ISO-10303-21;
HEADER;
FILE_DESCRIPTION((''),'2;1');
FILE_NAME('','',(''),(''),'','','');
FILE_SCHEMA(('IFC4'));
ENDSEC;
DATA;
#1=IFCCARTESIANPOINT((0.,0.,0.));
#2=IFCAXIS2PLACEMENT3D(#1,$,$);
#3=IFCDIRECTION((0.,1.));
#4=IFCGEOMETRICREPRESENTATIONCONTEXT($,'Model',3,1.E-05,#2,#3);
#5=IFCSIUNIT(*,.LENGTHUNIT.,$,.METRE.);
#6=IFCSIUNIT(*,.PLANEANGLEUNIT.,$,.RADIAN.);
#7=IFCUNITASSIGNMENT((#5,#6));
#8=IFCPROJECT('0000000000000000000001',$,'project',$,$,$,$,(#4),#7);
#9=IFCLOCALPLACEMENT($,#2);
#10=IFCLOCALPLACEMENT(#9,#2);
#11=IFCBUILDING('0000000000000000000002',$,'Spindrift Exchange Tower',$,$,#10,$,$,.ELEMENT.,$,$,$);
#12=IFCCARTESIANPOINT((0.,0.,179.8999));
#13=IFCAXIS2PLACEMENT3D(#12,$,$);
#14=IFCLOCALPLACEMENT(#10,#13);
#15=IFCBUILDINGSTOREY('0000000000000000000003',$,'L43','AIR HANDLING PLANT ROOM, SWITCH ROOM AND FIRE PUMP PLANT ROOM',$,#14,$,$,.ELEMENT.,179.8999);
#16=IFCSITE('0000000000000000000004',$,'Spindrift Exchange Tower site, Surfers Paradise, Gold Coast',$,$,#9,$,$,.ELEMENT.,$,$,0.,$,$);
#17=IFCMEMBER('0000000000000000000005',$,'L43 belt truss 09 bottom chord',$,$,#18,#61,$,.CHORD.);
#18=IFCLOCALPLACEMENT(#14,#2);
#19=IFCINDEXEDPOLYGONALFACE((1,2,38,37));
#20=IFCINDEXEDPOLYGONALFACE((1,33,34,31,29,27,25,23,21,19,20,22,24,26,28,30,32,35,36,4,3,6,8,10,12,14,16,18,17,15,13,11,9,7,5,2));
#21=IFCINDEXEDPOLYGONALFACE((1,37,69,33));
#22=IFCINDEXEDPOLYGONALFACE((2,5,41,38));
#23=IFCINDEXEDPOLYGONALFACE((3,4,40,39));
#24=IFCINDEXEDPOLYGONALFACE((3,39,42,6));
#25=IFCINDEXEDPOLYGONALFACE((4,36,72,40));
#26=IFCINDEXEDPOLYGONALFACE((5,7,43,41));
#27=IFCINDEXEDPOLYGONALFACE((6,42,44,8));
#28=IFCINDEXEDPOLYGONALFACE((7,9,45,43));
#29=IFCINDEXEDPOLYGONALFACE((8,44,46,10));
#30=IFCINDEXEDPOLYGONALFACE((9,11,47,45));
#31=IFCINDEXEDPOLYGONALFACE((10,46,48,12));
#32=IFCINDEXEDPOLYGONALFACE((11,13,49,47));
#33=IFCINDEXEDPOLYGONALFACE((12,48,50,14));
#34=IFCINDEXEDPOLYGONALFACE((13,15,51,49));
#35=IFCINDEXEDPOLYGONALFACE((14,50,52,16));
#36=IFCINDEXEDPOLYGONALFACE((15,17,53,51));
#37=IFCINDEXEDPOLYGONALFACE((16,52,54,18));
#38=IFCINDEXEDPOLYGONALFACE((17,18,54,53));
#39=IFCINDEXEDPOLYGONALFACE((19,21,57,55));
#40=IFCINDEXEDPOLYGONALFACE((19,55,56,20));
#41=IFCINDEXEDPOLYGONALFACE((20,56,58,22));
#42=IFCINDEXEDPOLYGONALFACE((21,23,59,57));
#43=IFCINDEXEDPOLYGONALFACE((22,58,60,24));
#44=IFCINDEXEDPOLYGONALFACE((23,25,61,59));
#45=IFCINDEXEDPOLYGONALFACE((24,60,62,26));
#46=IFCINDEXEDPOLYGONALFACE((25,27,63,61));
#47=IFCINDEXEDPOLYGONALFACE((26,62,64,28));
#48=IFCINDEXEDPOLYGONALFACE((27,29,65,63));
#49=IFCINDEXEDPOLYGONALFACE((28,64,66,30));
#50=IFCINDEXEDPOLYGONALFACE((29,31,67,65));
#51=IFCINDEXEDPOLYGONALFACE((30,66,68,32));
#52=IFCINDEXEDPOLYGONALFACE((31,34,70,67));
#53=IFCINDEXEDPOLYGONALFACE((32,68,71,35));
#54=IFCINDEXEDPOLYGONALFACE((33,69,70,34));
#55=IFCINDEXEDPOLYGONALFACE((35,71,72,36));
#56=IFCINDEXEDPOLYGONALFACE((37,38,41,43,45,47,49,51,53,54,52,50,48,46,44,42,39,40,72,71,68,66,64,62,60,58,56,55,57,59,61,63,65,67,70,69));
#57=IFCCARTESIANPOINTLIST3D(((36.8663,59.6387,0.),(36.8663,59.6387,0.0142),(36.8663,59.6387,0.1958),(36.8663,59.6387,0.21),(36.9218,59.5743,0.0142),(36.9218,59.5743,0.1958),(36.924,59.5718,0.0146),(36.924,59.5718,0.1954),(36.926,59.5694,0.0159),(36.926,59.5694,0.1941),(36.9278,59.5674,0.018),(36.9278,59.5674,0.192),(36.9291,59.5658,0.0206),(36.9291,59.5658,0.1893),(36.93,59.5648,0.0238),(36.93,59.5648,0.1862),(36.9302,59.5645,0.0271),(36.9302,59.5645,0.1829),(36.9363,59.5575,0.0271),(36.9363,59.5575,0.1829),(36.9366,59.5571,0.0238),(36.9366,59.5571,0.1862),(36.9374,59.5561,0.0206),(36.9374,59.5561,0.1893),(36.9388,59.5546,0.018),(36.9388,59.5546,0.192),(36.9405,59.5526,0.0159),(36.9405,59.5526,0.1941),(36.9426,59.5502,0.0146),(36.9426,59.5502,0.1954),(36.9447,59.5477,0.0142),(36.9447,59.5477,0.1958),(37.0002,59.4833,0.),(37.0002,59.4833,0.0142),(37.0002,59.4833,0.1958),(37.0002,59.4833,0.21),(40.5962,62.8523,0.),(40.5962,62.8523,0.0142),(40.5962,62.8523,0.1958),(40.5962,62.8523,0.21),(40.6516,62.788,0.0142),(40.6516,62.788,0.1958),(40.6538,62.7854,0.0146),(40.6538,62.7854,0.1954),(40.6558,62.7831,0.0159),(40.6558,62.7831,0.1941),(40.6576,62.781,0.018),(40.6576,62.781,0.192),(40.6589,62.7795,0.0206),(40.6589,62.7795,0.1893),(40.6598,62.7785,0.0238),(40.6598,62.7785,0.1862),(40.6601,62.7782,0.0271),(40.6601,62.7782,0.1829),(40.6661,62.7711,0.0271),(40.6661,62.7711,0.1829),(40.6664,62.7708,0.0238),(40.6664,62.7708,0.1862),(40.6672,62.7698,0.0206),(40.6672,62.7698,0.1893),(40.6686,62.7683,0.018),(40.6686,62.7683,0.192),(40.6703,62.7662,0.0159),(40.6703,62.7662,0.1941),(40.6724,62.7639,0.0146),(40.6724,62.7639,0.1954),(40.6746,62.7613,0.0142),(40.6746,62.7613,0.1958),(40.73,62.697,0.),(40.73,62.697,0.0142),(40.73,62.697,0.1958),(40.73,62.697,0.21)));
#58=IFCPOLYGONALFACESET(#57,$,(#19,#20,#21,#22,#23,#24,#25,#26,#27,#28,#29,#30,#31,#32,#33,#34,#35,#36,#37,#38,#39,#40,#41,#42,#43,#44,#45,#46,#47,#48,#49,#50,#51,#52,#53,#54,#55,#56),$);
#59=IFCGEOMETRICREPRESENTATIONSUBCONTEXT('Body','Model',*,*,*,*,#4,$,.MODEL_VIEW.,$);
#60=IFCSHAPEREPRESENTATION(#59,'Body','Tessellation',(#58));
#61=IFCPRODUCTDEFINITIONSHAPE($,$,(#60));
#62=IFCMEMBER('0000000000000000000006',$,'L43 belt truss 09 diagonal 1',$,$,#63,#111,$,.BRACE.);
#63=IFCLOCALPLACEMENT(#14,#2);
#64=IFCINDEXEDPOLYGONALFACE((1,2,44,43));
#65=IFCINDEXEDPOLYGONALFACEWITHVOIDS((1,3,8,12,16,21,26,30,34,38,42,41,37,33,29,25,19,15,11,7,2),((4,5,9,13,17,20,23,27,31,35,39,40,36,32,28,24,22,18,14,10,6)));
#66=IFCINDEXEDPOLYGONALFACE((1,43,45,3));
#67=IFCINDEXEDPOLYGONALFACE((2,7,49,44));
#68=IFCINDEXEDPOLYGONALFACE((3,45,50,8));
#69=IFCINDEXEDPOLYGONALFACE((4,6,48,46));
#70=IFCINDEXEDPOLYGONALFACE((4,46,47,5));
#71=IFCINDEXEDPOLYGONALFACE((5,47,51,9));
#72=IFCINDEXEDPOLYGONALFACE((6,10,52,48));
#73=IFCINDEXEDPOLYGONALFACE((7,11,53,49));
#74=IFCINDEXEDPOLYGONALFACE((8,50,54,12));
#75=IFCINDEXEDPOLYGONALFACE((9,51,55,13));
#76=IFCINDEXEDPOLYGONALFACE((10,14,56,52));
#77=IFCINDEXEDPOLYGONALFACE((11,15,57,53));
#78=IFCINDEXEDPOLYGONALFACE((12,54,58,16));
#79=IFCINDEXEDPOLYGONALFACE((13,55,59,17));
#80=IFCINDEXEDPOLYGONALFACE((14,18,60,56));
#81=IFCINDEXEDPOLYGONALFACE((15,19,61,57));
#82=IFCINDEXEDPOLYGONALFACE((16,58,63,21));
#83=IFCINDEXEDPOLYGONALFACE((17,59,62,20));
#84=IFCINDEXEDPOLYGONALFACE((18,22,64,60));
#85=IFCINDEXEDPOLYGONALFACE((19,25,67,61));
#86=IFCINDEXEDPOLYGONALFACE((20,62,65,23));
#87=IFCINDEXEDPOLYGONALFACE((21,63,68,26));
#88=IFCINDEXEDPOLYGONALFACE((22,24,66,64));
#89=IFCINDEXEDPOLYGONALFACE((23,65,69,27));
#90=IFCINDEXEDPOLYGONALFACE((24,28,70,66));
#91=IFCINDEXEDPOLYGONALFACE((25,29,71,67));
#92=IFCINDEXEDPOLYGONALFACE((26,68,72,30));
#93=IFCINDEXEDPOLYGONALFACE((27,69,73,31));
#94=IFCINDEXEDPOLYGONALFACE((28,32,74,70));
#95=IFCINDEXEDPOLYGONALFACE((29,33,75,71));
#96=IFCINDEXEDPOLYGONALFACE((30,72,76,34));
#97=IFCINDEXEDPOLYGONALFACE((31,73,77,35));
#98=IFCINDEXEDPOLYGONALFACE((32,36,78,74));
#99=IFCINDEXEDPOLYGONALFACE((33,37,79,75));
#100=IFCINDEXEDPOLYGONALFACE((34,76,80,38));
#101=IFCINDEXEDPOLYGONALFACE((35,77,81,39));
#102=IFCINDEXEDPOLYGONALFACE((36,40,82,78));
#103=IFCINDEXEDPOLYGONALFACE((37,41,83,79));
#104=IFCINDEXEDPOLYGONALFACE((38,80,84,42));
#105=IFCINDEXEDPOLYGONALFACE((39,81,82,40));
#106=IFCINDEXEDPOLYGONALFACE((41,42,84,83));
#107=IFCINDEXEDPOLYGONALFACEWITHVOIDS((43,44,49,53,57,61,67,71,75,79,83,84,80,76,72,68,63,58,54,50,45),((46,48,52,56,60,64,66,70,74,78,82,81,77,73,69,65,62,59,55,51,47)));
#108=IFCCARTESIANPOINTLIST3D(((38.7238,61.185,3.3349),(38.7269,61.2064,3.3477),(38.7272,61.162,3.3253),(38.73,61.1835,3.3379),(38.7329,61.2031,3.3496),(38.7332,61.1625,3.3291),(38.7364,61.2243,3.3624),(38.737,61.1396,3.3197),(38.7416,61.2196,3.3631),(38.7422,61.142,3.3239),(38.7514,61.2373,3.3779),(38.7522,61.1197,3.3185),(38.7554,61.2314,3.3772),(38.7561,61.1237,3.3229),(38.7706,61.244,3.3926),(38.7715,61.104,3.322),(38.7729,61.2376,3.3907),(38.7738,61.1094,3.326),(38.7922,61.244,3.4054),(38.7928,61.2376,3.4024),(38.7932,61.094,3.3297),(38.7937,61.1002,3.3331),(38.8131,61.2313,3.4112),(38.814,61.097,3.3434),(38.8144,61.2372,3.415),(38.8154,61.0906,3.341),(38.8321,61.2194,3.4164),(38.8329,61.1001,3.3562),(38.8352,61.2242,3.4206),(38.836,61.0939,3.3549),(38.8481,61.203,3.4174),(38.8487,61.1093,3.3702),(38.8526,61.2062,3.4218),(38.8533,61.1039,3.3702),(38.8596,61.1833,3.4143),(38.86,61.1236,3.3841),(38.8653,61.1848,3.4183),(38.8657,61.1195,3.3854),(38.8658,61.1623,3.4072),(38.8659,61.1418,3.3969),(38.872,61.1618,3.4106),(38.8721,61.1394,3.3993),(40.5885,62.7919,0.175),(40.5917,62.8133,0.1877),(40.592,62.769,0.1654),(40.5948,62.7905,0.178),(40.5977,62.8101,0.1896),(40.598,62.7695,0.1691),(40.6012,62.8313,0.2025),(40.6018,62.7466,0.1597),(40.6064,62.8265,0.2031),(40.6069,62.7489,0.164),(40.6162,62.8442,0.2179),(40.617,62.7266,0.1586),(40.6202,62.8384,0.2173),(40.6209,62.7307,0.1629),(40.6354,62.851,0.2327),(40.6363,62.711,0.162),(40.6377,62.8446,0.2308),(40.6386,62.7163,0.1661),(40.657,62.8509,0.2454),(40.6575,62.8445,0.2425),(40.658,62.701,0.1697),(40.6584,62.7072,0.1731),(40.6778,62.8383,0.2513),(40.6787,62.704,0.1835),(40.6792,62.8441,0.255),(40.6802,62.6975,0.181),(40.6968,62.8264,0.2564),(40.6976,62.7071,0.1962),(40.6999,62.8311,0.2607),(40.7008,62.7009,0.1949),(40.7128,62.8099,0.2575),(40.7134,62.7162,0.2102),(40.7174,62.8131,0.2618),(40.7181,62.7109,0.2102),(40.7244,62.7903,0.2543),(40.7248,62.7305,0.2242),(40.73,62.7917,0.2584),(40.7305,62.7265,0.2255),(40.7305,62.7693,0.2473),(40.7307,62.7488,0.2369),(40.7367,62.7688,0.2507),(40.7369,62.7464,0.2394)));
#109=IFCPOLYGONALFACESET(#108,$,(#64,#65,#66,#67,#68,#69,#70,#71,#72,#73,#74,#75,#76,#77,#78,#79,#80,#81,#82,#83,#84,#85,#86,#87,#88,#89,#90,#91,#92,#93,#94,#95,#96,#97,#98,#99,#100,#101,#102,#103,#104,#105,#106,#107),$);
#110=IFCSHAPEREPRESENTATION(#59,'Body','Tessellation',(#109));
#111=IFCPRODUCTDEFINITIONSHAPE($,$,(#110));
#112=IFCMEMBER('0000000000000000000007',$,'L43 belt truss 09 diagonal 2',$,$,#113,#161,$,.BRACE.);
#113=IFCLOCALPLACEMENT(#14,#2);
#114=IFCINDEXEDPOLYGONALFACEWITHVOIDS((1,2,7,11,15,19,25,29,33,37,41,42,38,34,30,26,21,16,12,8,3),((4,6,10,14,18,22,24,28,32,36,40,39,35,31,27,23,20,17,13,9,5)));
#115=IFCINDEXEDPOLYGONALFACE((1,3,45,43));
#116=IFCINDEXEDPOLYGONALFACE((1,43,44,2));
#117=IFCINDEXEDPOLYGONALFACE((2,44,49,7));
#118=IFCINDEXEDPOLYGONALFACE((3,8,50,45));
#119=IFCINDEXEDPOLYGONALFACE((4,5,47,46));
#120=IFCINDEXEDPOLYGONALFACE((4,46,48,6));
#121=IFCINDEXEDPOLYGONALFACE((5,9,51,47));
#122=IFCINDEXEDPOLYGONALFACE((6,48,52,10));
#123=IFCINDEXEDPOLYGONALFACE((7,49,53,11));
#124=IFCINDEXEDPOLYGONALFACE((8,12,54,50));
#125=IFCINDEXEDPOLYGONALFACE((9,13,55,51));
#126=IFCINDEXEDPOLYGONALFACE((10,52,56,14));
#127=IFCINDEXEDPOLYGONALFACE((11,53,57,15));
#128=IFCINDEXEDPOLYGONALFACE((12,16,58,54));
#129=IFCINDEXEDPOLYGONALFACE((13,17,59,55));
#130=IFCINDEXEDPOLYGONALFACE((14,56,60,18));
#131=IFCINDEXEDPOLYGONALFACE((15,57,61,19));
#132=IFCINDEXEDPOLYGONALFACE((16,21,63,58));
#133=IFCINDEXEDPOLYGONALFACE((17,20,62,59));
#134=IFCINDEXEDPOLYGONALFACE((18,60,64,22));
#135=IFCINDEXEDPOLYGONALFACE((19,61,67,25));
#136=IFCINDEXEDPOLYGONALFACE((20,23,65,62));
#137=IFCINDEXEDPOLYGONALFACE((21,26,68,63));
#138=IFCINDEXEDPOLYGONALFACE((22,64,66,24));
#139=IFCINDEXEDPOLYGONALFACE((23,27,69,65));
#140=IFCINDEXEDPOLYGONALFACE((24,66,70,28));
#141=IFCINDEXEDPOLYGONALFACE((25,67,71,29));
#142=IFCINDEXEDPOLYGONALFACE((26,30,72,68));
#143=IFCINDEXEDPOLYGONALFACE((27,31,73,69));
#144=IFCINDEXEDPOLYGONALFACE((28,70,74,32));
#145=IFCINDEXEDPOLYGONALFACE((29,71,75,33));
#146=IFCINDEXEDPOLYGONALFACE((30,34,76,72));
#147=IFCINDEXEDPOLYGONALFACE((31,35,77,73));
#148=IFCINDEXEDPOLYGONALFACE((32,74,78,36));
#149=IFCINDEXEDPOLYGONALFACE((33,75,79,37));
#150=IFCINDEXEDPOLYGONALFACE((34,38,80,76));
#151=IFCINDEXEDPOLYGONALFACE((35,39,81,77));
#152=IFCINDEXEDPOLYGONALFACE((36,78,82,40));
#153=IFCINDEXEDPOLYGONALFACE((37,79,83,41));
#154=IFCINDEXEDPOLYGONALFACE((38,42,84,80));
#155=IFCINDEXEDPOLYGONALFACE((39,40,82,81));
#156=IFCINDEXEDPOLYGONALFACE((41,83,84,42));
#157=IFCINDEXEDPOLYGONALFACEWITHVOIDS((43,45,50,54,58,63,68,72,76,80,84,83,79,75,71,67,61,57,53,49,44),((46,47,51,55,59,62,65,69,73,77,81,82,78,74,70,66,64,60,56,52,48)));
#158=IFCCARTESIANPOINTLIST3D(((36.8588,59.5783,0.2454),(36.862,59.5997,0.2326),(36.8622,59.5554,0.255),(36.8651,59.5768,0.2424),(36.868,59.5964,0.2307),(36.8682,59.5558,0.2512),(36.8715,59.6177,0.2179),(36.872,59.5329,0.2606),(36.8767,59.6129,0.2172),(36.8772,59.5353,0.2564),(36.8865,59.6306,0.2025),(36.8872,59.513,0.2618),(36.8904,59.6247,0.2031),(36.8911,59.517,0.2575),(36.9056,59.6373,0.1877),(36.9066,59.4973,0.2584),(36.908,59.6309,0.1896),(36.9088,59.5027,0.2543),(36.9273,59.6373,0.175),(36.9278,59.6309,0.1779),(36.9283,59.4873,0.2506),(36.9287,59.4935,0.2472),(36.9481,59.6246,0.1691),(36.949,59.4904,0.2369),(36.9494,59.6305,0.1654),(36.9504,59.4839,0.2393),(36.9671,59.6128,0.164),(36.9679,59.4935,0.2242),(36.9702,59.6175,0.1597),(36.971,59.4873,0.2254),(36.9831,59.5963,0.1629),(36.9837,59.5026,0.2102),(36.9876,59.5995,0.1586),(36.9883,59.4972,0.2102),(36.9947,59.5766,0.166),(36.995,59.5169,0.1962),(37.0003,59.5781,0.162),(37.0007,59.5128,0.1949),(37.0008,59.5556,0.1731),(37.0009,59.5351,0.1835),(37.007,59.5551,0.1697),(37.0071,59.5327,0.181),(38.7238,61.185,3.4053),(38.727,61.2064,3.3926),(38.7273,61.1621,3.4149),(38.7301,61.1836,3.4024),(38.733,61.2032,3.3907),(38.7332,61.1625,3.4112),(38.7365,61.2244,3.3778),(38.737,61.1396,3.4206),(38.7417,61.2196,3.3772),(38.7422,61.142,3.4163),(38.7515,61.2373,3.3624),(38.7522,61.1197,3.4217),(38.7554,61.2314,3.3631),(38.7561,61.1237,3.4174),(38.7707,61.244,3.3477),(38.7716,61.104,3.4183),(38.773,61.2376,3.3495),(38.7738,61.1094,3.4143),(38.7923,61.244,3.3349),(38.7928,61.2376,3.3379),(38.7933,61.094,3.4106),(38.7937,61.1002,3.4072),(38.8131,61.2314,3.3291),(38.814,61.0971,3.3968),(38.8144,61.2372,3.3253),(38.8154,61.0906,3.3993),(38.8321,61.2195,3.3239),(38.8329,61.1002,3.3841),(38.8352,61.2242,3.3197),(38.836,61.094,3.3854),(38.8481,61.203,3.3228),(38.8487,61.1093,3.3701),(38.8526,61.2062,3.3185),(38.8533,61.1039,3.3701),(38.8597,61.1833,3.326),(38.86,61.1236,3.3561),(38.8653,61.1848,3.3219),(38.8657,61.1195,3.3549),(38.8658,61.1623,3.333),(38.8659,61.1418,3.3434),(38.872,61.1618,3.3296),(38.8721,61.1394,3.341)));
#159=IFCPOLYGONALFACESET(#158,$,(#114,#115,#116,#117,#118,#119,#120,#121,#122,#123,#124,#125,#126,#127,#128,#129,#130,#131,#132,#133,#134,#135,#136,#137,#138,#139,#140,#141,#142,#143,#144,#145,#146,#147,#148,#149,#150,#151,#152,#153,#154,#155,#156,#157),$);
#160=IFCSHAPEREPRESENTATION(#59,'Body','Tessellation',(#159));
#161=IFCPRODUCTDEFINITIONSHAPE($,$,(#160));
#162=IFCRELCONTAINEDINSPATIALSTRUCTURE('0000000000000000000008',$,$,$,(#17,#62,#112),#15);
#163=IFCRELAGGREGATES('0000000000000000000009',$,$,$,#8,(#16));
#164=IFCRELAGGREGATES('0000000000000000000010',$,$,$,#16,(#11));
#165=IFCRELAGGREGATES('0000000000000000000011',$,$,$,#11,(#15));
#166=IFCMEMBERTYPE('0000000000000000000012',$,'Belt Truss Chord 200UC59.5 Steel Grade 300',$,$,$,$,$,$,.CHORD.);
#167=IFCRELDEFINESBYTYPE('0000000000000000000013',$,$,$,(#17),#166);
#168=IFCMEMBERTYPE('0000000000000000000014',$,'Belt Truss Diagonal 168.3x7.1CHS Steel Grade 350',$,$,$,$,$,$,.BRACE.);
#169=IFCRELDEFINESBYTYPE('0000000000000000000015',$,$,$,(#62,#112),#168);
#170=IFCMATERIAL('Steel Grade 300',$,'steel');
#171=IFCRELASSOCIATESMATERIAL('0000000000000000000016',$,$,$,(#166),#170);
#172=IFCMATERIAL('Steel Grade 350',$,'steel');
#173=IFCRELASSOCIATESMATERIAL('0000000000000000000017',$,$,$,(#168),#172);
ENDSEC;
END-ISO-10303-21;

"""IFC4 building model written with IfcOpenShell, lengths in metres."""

from ifc_helpers import new_model, si_unit, direction, frame, origin, origin_2d, place, context, subcontext, project, spatial, hollow_circle, i_section, extrude, source, transform, mapped, material, material_profile, profile_set, type_object, element, save


model = new_model("IFC4")

# Units and contexts
model_context = context("Model", 3, precision=1e-05, world=origin(), true_north=direction((0.0, 1.0)))
body_context = subcontext(model_context, "Body", "Model", "MODEL_VIEW")
ifc_project = project(units=[si_unit("LENGTHUNIT", "METRE"), si_unit("PLANEANGLEUNIT", "RADIAN")], contexts=[model_context])

# Site, building, storey
site_placement = place(None, origin())
site = spatial("IfcSite", under=ifc_project, at=site_placement, Name="Spindrift Exchange Tower site, Surfers Paradise, Gold Coast", CompositionType="ELEMENT", RefElevation=0.0)
building_placement = place(site_placement, origin())
building = spatial("IfcBuilding", under=site, at=building_placement, Name="Spindrift Exchange Tower", CompositionType="ELEMENT")
storey_placement = place(building_placement, frame((0.0, 0.0, 179.8999)))
storey = spatial("IfcBuildingStorey", under=building, at=storey_placement, Name="L43", Description="AIR HANDLING PLANT ROOM, SWITCH ROOM AND FIRE PUMP PLANT ROOM", CompositionType="ELEMENT", Elevation=179.8999)

# Members
ifc_material_1 = material(Name="Steel Grade 300", Category="steel")
ifc_material_profile_1 = material_profile(ifc_material_1, i_section(OverallWidth=0.2051, OverallDepth=0.21, WebThickness=0.0093, FlangeThickness=0.0142, FilletRadius=0.0129, at=origin_2d()), Name="200UC59.5")
ifc_profile_set_1 = profile_set([ifc_material_profile_1], Name="Steel Grade 300")
member_type_1 = type_object("IfcMemberType", Name="Belt Truss Chord 200UC59.5 Steel Grade 300", PredefinedType="CHORD", material=ifc_profile_set_1)
shared_shape_1 = source(origin(), body_context, "Body", "SweptSolid", [
    extrude(i_section(OverallWidth=0.2051, OverallDepth=0.21, WebThickness=0.0093, FlangeThickness=0.0142, FilletRadius=0.0129, at=origin_2d()), origin(), (0.0, 0.0, 1.0), 4.9233),
])
for number, where, z_axis, x_axis, name in (
    (1, (40.6631, 62.7747, 0.105), (-0.757577, -0.652745, 0.0), (0.652745, -0.757577, 0.0), "L43 belt truss 09 bottom chord"),
):
    element("IfcMember", number, at=place(storey_placement, frame(where, z_axis=z_axis, x_axis=x_axis)), inside=storey, type_object=member_type_1, Name=name, PredefinedType="CHORD", context=body_context, shape_type="MappedRepresentation", body=[
        mapped(shared_shape_1, transform((0.0, 0.0, 0.0), scale=1.0)),
    ])
ifc_material_2 = material(Name="Steel Grade 350", Category="steel")
ifc_material_profile_2 = material_profile(ifc_material_2, hollow_circle(Radius=0.0842, WallThickness=0.0071, at=origin_2d()), Name="168.3x7.1CHS")
ifc_profile_set_2 = profile_set([ifc_material_profile_2], Name="Steel Grade 350")
member_type_2 = type_object("IfcMemberType", Name="Belt Truss Diagonal 168.3x7.1CHS Steel Grade 350", PredefinedType="BRACE", material=ifc_profile_set_2)
shared_shape_2 = source(origin(), body_context, "Body", "SweptSolid", [
    extrude(hollow_circle(Radius=0.0842, WallThickness=0.0071, at=origin_2d()), origin(), (0.0, 0.0, 1.0), 4.0056),
])
for number, where, z_axis, x_axis, name in (
    (2, (40.6631, 62.7747, 0.2102), (-0.465539, -0.401175, 0.78888), (0.652798, -0.757532, 0.0), "L43 belt truss 09 diagonal 1"),
    (3, (38.7983, 61.1677, 3.3701), (-0.465598, -0.401113, -0.788877), (0.652692, -0.757623, 0.0), "L43 belt truss 09 diagonal 2"),
):
    element("IfcMember", number, at=place(storey_placement, frame(where, z_axis=z_axis, x_axis=x_axis)), inside=storey, type_object=member_type_2, Name=name, PredefinedType="BRACE", context=body_context, shape_type="MappedRepresentation", body=[
        mapped(shared_shape_2, transform((0.0, 0.0, 0.0), scale=1.0)),
    ])

save(model, "model.ifc")
